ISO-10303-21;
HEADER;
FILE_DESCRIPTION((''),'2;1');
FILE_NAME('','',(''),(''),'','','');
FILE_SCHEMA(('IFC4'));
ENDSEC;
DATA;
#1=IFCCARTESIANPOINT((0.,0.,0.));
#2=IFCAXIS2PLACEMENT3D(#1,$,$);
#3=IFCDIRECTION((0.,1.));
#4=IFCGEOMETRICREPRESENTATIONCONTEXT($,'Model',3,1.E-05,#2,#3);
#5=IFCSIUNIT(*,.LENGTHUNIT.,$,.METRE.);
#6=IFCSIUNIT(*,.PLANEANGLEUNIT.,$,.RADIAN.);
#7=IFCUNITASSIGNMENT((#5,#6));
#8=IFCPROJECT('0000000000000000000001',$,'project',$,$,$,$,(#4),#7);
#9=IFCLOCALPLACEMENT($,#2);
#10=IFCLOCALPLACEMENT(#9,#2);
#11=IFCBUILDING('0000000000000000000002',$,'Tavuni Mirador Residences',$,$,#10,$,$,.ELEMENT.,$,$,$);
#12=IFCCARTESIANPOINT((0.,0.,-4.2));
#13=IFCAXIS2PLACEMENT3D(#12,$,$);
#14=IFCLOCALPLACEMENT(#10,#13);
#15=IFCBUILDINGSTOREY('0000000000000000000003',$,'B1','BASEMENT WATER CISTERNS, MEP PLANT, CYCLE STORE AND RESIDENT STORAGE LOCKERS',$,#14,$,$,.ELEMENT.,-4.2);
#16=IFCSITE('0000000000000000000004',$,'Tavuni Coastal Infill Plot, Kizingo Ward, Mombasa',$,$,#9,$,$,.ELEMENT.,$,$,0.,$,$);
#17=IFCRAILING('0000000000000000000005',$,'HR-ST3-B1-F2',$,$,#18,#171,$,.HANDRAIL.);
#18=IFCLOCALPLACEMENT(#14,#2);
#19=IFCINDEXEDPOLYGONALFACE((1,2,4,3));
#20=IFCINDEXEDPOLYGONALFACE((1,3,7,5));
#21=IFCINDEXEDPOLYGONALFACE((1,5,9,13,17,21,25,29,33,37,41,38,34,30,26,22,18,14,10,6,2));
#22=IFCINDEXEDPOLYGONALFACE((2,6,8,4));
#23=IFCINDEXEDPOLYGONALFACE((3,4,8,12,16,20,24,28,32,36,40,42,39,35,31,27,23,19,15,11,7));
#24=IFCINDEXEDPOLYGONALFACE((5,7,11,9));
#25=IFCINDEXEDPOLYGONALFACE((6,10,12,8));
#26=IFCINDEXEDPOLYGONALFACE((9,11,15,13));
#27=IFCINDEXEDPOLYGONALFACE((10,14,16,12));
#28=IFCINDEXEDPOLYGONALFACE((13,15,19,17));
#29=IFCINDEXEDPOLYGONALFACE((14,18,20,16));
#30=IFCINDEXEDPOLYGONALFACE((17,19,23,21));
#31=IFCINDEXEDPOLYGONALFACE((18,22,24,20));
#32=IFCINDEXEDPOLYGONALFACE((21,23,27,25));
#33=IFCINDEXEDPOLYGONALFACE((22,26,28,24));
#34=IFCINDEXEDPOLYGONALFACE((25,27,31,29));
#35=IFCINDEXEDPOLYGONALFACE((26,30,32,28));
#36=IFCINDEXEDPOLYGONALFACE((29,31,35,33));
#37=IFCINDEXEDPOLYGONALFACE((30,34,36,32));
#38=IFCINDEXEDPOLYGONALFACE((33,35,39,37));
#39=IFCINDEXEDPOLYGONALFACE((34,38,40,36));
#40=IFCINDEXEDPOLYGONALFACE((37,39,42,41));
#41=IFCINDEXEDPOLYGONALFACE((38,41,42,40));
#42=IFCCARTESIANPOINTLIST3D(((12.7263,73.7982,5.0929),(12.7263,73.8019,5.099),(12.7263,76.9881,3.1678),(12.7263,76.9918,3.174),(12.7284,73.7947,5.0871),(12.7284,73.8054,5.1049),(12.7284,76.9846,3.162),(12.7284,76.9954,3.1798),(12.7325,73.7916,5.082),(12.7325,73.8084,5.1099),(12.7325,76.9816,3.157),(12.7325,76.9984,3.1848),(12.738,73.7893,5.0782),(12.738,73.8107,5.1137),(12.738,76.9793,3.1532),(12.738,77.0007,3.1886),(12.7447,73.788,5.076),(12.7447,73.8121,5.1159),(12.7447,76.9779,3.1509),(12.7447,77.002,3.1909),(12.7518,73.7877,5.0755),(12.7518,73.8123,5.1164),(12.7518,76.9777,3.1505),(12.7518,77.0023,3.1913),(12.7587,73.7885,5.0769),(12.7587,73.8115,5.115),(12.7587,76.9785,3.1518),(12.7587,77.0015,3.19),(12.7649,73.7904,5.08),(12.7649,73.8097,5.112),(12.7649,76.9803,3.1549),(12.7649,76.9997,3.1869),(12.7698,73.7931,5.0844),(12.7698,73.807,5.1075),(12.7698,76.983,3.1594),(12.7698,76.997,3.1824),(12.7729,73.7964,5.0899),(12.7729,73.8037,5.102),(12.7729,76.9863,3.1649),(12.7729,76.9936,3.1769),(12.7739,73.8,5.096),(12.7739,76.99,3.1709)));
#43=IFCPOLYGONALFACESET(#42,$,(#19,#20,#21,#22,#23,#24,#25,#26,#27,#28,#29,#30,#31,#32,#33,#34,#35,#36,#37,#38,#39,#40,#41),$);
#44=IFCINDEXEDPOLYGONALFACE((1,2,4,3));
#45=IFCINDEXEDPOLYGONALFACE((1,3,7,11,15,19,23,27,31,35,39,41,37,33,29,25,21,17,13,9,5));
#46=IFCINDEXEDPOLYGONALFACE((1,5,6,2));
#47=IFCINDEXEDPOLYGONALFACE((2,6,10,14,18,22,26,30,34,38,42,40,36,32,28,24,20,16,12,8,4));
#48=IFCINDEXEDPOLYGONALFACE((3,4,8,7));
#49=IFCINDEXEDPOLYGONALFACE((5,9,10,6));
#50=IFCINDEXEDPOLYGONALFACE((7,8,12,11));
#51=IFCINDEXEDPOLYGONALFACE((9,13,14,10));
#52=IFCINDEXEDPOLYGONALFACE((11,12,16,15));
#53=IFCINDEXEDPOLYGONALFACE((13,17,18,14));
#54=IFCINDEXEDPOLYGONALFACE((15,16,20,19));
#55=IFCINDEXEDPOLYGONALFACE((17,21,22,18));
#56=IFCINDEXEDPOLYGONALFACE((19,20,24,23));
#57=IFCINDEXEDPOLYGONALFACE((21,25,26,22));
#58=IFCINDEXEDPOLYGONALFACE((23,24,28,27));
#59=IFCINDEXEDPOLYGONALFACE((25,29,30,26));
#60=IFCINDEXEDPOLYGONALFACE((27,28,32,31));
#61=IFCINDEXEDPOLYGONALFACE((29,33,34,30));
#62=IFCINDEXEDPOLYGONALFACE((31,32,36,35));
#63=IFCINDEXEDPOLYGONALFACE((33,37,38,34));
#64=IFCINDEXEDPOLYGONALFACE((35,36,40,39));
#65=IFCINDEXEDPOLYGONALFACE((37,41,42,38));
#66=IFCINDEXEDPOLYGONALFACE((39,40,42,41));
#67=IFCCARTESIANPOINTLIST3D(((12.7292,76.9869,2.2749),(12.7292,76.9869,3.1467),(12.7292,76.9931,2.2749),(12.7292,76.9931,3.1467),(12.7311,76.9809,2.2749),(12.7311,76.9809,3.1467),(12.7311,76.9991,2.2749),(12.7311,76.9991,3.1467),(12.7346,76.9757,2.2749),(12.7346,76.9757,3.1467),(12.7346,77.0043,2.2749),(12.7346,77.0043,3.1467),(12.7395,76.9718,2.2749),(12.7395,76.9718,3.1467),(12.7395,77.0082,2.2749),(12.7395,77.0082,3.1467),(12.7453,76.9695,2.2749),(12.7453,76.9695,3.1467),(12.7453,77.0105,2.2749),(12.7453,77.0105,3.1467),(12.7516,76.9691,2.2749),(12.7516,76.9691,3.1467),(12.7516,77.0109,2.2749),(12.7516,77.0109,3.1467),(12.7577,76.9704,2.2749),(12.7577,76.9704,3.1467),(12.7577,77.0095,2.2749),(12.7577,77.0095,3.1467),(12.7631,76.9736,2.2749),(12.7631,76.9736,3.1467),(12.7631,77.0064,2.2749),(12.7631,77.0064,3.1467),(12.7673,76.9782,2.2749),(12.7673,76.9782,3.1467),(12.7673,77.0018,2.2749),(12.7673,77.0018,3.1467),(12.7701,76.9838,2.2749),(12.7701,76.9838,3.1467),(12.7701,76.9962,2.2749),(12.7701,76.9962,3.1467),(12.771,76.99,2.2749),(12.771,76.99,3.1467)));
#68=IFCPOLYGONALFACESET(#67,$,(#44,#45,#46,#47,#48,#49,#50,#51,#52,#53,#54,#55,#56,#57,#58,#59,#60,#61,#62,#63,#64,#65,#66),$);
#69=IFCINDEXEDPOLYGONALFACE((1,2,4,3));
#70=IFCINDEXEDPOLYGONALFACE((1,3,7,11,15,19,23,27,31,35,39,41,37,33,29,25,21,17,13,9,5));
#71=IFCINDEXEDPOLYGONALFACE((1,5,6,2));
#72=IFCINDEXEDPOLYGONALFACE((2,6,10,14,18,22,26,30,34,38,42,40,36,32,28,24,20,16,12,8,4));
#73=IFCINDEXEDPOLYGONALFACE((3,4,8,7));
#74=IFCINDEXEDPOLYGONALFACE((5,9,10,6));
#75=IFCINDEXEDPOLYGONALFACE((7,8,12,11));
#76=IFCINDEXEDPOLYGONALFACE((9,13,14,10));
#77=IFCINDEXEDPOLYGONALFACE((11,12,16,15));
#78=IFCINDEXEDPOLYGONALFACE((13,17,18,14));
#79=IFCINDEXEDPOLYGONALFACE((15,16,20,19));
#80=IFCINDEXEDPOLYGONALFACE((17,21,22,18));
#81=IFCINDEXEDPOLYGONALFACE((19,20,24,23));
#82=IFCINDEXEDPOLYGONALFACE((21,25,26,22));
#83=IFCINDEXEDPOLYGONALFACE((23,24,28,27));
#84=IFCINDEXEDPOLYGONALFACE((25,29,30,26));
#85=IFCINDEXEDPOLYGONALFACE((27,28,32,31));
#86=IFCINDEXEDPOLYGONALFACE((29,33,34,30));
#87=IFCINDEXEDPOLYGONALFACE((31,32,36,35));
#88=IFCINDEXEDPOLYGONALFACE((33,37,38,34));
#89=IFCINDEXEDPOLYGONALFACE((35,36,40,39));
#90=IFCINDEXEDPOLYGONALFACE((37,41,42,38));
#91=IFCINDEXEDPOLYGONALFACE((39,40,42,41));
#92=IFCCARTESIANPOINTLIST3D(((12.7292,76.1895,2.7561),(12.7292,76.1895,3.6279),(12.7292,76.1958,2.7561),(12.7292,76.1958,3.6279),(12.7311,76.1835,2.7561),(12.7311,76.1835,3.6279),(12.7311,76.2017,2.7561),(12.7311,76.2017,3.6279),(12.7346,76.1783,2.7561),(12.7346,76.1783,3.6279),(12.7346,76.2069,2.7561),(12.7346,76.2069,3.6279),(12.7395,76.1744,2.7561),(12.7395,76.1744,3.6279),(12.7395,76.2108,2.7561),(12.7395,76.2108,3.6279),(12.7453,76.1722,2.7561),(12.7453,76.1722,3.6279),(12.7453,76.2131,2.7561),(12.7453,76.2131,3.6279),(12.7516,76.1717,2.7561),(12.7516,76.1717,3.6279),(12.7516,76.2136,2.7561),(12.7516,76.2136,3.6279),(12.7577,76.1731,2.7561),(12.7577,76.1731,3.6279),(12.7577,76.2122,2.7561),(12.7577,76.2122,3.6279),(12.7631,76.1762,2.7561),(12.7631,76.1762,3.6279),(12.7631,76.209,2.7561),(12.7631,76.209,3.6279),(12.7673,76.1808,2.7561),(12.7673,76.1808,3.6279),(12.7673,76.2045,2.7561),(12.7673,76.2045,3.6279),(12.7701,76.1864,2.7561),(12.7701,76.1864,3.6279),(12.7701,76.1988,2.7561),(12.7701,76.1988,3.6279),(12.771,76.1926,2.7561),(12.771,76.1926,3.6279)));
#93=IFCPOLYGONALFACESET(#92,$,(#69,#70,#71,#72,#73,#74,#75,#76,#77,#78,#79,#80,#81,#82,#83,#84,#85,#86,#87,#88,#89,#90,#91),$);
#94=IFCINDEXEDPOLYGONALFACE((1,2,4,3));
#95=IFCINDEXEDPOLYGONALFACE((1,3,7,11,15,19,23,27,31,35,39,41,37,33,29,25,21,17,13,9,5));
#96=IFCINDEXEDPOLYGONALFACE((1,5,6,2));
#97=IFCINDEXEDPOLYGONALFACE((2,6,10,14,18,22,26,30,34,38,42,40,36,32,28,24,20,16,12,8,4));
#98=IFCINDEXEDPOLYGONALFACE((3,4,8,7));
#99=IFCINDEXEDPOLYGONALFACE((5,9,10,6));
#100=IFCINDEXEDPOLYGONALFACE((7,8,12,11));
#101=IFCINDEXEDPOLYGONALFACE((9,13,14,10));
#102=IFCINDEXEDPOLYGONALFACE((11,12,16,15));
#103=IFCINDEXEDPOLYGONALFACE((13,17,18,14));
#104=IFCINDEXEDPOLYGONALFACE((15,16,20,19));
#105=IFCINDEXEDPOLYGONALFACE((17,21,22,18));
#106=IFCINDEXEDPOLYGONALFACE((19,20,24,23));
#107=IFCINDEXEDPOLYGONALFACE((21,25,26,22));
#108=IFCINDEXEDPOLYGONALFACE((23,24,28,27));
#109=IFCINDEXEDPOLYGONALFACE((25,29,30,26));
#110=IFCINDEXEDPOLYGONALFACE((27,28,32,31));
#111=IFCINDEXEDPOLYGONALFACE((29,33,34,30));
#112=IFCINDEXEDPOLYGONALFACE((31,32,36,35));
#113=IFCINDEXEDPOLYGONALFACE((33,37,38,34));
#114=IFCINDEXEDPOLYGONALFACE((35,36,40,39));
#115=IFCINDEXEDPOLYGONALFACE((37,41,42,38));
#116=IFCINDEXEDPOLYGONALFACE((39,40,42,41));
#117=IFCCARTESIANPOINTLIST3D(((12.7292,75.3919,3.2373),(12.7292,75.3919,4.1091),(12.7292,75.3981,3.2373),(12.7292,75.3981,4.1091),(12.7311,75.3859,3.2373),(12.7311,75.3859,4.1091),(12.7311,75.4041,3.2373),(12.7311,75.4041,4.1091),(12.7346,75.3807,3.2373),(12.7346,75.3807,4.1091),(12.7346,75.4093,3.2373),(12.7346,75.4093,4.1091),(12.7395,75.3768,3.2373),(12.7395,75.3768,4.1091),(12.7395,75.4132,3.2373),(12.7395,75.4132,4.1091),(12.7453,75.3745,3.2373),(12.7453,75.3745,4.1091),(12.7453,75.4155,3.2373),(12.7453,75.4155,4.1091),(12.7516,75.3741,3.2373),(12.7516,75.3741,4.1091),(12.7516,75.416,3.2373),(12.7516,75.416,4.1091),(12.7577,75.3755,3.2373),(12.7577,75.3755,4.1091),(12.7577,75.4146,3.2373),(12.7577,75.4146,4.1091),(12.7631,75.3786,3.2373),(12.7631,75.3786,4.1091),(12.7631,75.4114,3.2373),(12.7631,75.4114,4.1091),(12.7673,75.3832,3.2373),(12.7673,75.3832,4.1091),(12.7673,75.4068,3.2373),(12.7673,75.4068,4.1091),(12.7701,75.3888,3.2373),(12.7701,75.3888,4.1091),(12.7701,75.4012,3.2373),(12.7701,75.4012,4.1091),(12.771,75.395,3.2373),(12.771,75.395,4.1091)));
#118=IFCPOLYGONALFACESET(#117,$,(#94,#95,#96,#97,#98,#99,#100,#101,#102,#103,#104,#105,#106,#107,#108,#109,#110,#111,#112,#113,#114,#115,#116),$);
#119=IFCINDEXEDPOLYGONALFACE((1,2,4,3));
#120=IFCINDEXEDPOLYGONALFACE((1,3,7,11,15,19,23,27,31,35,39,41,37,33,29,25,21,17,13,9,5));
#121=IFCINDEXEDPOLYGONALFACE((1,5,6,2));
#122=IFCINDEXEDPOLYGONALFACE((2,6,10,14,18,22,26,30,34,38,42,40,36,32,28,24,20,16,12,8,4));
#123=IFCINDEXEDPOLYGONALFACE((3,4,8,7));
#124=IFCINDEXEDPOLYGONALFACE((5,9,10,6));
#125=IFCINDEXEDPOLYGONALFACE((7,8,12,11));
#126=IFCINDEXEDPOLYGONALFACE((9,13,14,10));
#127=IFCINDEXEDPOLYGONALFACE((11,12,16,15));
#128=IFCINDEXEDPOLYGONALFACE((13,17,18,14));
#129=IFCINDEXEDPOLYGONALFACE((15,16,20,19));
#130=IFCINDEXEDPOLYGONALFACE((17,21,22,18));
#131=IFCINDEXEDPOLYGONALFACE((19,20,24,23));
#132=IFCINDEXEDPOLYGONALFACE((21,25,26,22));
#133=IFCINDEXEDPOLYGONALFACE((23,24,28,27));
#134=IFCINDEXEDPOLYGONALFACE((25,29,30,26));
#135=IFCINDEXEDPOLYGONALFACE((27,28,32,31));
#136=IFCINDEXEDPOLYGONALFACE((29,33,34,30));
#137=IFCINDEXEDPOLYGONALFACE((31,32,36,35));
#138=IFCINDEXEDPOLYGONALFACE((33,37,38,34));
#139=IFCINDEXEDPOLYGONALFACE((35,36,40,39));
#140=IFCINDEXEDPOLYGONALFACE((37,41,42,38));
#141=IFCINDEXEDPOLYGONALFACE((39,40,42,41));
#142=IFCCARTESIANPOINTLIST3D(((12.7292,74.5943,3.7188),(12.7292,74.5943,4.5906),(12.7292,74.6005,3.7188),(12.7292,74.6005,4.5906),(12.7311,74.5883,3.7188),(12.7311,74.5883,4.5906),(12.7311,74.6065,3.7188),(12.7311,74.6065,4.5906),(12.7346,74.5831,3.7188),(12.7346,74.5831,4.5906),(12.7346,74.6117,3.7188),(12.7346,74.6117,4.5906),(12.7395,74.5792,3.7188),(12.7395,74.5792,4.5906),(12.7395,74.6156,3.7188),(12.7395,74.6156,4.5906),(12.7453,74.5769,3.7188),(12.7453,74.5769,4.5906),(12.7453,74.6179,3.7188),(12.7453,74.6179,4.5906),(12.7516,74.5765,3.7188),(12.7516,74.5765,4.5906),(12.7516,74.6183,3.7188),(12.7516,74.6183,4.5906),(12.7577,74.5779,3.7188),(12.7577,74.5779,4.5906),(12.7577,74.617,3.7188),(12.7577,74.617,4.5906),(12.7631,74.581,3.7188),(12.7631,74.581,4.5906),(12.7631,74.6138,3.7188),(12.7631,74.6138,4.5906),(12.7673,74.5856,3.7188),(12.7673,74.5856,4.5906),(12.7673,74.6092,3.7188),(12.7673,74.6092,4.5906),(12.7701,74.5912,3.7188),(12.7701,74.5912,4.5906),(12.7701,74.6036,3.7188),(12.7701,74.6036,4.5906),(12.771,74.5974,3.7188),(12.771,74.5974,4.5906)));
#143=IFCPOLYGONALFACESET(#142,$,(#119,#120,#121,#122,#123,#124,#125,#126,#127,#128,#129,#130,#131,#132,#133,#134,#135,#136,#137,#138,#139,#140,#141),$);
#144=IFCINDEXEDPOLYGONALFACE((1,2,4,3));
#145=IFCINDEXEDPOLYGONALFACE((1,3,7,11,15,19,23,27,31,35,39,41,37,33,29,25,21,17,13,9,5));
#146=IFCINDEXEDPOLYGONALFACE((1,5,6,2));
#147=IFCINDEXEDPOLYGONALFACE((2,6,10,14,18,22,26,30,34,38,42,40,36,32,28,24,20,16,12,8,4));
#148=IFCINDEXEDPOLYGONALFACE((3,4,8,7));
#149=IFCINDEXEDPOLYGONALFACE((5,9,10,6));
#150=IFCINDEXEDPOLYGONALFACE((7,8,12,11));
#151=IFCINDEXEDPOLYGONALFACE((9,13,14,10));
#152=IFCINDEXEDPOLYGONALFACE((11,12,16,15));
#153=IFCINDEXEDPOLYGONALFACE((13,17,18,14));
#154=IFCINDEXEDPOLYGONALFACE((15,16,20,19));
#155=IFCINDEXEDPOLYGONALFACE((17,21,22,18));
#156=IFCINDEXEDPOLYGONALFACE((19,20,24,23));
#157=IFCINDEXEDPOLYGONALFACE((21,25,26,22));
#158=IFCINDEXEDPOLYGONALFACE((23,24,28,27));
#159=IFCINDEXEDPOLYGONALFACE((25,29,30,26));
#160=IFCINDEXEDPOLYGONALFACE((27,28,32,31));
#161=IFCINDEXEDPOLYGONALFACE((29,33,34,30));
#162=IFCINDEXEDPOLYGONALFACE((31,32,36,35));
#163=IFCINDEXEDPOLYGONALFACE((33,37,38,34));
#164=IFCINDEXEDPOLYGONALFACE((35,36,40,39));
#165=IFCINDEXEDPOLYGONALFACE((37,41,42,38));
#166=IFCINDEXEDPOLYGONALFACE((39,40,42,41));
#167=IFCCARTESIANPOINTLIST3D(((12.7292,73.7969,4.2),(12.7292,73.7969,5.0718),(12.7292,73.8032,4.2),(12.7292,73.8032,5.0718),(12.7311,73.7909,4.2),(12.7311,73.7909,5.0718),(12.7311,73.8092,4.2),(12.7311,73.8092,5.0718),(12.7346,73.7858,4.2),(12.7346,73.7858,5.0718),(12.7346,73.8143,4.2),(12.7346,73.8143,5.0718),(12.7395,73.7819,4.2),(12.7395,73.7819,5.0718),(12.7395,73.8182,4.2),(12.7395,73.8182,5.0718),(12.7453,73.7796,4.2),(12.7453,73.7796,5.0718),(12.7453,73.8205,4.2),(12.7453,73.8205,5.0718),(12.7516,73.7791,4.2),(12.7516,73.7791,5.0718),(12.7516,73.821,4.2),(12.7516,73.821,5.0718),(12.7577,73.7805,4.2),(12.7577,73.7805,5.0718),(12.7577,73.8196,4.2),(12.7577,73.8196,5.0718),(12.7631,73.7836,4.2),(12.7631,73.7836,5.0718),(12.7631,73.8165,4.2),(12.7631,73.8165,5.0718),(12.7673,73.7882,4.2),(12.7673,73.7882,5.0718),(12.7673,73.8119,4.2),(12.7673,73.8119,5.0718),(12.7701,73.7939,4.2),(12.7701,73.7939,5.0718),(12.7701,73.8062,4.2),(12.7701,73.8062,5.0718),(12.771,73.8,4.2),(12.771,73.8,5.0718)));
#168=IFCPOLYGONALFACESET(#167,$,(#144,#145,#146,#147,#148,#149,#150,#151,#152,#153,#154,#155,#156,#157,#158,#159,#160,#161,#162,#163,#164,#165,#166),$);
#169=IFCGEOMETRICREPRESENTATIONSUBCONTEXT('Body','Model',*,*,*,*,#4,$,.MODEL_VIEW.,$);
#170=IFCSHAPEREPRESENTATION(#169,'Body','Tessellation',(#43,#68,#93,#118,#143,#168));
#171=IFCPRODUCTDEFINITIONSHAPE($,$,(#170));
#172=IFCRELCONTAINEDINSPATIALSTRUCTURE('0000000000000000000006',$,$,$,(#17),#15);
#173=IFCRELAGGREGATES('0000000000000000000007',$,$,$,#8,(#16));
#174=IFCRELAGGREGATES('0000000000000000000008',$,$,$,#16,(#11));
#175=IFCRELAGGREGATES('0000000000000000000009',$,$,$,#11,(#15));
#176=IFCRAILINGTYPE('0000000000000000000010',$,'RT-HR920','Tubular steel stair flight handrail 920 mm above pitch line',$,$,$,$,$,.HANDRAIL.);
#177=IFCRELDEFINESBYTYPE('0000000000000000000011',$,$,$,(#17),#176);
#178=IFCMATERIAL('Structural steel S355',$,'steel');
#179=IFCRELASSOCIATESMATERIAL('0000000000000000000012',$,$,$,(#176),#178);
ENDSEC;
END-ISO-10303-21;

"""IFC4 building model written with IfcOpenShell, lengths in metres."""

from ifc_helpers import new_model, si_unit, direction, frame, origin, origin_2d, place, context, subcontext, project, spatial, circle, extrude, material, type_object, element, save


model = new_model("IFC4")

# Units and contexts
model_context = context("Model", 3, precision=1e-05, world=origin(), true_north=direction((0.0, 1.0)))
body_context = subcontext(model_context, "Body", "Model", "MODEL_VIEW")
ifc_project = project(units=[si_unit("LENGTHUNIT", "METRE"), si_unit("PLANEANGLEUNIT", "RADIAN")], contexts=[model_context])

# Site, building, storey
site_placement = place(None, origin())
site = spatial("IfcSite", under=ifc_project, at=site_placement, Name="Tavuni Coastal Infill Plot, Kizingo Ward, Mombasa", CompositionType="ELEMENT", RefElevation=0.0)
building_placement = place(site_placement, origin())
building = spatial("IfcBuilding", under=site, at=building_placement, Name="Tavuni Mirador Residences", CompositionType="ELEMENT")
storey_placement = place(building_placement, frame((0.0, 0.0, -4.2)))
storey = spatial("IfcBuildingStorey", under=building, at=storey_placement, Name="B1", Description="BASEMENT WATER CISTERNS, MEP PLANT, CYCLE STORE AND RESIDENT STORAGE LOCKERS", CompositionType="ELEMENT", Elevation=-4.2)

# Shared definitions
ifc_material_1 = material(Name="Structural steel S355", Category="steel")

# Railing
railing_type_1 = type_object("IfcRailingType", Name="RT-HR920", Description="Tubular steel stair flight handrail 920 mm above pitch line", PredefinedType="HANDRAIL", material=ifc_material_1)
railing_1_placement = place(storey_placement, frame((12.75, 76.99, 2.2749)))
element("IfcRailing", 1, at=railing_1_placement, inside=storey, type_object=railing_type_1, Name="HR-ST3-B1-F2", PredefinedType="HANDRAIL", context=body_context, shape_type="SweptSolid", body=[
    extrude(circle(Radius=0.0239, at=origin_2d()), frame((0.0, 0.0, 0.896), z_axis=(0.0, -0.856178, 0.516682), x_axis=(1.0, 0.0, 0.0)), (0.0, 0.0, 1.0), 3.7258),
    extrude(circle(Radius=0.021, at=origin_2d()), origin(), (0.0, 0.0, 1.0), 0.8718),
    extrude(circle(Radius=0.021, at=origin_2d()), frame((0.0, -0.7974, 0.4812)), (0.0, 0.0, 1.0), 0.8718),
    extrude(circle(Radius=0.021, at=origin_2d()), frame((0.0, -1.595, 0.9624)), (0.0, 0.0, 1.0), 0.8718),
    extrude(circle(Radius=0.021, at=origin_2d()), frame((0.0, -2.3926, 1.4438)), (0.0, 0.0, 1.0), 0.8718),
    extrude(circle(Radius=0.021, at=origin_2d()), frame((0.0, -3.1899, 1.925)), (0.0, 0.0, 1.0), 0.8718),
])

save(model, "model.ifc")
